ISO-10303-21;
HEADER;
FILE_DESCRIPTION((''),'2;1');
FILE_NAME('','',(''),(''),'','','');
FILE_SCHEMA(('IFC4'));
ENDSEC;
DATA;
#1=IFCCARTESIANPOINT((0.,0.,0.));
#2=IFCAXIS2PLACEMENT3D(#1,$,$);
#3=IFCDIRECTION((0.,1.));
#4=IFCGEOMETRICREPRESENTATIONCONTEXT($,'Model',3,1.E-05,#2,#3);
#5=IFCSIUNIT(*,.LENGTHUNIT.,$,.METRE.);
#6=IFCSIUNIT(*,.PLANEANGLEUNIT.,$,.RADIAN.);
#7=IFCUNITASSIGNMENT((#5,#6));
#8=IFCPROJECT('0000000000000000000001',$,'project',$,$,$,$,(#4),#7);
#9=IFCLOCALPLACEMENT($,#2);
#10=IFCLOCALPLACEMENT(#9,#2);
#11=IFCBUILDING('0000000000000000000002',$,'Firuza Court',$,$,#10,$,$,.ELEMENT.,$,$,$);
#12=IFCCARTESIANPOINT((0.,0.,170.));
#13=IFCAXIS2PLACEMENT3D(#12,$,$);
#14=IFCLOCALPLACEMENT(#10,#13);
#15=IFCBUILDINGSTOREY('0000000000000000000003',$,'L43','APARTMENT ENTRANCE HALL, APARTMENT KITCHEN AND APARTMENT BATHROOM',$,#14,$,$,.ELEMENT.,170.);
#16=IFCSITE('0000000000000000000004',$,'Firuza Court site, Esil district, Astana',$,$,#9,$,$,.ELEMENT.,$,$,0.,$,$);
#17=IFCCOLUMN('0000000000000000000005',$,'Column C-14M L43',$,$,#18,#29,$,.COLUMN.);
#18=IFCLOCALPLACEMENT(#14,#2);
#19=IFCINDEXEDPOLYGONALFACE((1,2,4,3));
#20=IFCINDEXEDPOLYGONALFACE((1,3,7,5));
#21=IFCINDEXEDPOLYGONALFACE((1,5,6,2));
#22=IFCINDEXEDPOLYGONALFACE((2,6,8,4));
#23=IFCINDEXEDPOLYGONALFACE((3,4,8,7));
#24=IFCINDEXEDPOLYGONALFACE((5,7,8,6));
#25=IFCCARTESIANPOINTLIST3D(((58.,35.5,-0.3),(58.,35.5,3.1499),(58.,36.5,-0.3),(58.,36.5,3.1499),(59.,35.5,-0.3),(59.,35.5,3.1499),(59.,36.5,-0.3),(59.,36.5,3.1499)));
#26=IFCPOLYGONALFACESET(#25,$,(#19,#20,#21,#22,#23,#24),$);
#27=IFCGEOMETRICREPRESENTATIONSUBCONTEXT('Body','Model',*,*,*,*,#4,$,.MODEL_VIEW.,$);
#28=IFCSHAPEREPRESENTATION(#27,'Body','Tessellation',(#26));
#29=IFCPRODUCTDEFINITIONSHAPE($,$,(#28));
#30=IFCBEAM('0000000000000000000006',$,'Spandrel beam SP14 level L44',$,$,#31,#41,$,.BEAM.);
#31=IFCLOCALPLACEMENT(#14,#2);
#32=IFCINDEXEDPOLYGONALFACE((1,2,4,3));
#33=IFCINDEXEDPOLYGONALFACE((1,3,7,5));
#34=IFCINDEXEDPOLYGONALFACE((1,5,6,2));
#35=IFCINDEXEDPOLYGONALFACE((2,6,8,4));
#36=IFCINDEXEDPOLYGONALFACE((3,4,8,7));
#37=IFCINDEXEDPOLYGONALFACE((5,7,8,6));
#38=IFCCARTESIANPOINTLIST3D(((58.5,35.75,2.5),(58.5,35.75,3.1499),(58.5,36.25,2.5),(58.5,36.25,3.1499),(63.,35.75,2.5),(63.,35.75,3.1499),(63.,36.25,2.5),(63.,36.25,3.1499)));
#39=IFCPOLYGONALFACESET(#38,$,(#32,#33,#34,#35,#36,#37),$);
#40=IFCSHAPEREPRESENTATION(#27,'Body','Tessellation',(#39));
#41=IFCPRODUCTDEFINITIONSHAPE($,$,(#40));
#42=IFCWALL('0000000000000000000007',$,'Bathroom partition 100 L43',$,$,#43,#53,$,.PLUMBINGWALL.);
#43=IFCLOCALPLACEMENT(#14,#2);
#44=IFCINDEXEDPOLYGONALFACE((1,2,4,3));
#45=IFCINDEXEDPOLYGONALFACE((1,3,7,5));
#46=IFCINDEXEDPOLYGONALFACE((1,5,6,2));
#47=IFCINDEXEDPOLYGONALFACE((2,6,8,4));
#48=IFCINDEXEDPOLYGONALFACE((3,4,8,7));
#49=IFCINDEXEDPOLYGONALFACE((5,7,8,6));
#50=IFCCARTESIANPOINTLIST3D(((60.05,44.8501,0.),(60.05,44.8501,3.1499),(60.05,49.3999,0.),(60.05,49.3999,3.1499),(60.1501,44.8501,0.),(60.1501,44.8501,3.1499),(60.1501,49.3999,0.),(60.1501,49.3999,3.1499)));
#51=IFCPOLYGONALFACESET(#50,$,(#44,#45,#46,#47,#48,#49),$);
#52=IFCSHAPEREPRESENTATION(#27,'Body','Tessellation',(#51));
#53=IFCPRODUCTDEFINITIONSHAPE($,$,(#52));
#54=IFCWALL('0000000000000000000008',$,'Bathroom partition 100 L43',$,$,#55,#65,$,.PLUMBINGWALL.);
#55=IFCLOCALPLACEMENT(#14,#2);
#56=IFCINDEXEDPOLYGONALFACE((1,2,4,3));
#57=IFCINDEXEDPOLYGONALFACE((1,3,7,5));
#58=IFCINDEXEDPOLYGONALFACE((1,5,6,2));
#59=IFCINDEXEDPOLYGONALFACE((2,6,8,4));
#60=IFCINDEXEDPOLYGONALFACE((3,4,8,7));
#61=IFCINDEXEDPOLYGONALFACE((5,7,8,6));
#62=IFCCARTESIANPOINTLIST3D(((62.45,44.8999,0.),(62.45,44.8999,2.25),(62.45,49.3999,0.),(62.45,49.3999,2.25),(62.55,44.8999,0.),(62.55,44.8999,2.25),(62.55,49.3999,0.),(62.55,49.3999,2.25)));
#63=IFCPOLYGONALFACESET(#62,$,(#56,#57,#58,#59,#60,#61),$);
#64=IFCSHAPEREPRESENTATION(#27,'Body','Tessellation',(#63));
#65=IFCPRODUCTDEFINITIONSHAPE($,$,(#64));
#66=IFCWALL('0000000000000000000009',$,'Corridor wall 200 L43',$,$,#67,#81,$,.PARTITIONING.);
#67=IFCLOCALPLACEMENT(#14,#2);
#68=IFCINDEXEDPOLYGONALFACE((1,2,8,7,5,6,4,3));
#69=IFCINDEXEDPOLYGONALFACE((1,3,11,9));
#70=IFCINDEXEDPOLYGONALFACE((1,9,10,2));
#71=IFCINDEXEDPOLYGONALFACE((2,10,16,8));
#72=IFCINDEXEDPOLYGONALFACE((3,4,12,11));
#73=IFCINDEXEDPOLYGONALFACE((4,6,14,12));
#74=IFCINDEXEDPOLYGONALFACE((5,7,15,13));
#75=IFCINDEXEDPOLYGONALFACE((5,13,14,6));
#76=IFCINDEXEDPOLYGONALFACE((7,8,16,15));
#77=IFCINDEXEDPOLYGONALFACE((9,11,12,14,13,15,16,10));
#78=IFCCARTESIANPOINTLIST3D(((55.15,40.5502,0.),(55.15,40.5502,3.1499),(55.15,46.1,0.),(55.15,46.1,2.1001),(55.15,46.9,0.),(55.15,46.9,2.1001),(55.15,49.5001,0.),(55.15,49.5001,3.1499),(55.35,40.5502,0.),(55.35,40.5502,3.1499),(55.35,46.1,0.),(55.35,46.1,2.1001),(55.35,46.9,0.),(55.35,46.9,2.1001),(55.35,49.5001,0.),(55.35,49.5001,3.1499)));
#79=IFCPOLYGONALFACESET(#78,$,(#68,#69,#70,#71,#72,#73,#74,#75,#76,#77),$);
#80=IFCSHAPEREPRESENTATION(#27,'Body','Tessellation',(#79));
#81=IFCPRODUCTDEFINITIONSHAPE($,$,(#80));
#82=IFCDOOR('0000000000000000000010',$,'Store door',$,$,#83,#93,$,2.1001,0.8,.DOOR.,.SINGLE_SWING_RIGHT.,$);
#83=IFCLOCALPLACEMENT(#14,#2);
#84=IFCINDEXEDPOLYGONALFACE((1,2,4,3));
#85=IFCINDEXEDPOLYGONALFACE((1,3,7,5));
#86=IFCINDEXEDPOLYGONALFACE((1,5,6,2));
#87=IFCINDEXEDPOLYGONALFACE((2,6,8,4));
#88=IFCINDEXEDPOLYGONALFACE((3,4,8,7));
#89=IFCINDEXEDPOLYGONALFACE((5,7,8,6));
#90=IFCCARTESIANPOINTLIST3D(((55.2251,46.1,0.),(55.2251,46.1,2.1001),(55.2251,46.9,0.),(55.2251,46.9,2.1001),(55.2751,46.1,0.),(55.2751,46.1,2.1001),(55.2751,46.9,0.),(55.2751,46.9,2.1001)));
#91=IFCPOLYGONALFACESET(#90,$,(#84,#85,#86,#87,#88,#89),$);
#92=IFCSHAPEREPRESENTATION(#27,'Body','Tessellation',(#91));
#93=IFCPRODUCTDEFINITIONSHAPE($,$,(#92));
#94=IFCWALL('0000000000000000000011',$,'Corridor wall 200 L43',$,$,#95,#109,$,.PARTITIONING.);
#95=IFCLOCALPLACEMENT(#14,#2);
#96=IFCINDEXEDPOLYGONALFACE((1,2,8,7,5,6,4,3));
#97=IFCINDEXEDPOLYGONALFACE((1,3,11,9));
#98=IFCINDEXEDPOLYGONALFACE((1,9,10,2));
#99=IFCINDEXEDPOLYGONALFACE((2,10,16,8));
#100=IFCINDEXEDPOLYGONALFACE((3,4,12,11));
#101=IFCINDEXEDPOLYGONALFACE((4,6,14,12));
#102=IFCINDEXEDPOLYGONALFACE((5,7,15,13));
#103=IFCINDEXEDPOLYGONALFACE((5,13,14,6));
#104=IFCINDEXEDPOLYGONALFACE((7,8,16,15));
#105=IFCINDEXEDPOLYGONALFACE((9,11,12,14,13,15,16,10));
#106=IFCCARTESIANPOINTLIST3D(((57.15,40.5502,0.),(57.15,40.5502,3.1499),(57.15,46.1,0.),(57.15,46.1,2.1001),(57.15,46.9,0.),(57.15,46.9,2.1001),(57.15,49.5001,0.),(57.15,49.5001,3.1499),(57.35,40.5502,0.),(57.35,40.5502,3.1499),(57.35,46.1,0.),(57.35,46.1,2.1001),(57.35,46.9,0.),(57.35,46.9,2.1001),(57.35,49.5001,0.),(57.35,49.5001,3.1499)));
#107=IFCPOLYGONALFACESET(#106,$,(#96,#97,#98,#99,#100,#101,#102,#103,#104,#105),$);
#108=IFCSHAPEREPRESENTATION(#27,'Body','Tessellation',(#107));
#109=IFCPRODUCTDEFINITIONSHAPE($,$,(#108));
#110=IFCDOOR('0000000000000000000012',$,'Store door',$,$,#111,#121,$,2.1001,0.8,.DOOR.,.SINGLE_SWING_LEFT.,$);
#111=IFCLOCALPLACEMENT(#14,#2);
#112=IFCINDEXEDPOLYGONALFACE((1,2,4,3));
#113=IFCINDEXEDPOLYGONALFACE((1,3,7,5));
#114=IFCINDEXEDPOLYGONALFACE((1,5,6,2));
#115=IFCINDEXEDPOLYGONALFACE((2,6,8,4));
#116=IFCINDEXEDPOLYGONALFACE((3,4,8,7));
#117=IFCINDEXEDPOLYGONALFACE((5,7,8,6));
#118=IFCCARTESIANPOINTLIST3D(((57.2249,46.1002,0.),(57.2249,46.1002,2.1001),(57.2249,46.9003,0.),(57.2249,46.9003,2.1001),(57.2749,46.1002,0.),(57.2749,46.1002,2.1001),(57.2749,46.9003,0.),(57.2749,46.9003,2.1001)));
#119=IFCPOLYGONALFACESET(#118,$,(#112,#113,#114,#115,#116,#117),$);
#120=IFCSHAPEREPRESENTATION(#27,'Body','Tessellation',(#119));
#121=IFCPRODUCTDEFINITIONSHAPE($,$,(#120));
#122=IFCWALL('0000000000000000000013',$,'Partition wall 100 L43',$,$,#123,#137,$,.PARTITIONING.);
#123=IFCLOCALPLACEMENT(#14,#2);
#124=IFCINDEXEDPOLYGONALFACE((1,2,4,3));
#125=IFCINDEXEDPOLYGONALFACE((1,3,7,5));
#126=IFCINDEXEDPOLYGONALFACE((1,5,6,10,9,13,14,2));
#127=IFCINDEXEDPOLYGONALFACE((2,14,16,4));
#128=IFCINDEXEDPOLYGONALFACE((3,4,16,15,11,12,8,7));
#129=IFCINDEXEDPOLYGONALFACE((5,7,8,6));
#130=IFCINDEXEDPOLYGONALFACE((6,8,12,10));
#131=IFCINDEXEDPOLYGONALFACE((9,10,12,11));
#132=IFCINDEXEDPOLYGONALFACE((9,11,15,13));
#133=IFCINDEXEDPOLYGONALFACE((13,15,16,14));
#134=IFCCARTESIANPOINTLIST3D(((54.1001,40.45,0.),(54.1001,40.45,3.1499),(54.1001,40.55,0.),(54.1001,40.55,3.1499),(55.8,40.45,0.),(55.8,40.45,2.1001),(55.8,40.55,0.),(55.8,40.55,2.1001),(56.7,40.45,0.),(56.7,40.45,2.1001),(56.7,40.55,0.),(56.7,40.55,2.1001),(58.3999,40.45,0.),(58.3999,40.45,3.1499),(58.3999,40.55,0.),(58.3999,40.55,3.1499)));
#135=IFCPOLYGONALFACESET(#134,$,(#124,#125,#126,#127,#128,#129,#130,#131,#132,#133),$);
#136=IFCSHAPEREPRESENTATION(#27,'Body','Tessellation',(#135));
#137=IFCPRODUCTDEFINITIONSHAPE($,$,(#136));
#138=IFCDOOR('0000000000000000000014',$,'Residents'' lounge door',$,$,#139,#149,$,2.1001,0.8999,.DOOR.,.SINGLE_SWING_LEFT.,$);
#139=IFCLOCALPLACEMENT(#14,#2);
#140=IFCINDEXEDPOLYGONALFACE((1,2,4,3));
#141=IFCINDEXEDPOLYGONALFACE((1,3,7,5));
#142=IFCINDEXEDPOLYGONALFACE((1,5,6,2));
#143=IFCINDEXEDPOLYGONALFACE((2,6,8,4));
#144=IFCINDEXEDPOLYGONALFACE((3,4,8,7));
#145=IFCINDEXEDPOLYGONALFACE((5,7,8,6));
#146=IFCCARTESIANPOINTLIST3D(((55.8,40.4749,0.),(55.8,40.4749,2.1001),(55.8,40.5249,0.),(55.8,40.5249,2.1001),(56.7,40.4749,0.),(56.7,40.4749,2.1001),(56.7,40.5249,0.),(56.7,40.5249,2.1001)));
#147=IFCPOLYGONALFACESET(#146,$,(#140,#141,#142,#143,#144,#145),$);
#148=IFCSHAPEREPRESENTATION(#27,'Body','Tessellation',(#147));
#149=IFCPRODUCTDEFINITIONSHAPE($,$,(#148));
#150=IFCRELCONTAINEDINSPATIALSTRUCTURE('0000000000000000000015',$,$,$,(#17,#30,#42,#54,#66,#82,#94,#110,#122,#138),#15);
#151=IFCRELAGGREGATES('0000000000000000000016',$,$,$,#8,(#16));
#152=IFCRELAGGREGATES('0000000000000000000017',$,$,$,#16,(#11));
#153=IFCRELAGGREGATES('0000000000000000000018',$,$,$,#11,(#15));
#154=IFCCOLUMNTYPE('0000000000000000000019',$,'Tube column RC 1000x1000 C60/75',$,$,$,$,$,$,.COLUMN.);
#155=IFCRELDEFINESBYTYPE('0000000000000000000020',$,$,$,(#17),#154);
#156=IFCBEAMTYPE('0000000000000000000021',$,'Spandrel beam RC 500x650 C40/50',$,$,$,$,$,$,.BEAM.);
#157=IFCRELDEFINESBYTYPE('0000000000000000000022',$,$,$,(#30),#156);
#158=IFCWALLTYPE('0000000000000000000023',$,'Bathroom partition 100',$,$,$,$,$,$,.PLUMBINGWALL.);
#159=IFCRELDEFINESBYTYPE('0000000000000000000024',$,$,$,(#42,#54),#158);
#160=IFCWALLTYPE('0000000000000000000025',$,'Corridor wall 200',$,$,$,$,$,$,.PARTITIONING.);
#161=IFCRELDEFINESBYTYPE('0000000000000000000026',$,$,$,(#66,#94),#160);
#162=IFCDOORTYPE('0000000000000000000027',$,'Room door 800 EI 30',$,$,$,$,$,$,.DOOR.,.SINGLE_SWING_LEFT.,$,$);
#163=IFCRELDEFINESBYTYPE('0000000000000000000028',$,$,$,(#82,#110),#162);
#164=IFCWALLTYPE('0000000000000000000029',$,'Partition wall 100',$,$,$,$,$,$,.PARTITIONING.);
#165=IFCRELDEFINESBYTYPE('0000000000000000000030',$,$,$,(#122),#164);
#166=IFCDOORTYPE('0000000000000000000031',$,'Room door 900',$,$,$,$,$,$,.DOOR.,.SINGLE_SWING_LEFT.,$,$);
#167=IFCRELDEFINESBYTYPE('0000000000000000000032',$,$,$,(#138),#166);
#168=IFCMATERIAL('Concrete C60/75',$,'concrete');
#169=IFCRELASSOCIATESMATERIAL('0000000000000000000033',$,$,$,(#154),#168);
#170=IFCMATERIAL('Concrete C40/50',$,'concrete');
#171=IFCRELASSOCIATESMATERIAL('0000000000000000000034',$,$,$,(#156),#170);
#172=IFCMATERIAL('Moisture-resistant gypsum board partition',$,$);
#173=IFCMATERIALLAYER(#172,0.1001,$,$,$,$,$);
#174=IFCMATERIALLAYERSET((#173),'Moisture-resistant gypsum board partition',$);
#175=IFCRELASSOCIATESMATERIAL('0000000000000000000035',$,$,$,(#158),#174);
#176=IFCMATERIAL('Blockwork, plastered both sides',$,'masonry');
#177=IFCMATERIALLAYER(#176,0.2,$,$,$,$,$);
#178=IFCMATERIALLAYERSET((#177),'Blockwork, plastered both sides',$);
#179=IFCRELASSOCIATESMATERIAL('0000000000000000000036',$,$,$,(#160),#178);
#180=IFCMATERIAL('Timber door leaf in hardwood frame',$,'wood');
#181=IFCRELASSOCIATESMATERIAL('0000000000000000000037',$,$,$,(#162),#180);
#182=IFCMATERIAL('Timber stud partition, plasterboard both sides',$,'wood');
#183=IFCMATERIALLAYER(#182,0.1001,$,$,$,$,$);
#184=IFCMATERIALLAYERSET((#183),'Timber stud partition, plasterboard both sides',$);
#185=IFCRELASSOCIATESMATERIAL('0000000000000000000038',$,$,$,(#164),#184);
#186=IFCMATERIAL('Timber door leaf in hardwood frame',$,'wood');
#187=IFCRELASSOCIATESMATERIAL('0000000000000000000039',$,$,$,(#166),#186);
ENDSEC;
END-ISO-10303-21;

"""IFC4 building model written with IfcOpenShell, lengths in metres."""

from ifc_helpers import new_model, si_unit, direction, frame, frame_2d, origin, origin_2d, place, context, subcontext, project, spatial, rectangle, extrude, material, layer, layer_set, material_profile, profile_set, type_object, element, fill, save


model = new_model("IFC4")

# Units and contexts
model_context = context("Model", 3, precision=1e-05, world=origin(), true_north=direction((0.0, 1.0)))
body_context = subcontext(model_context, "Body", "Model", "MODEL_VIEW")
ifc_project = project(units=[si_unit("LENGTHUNIT", "METRE"), si_unit("PLANEANGLEUNIT", "RADIAN")], contexts=[model_context])

# Site, building, storey
site_placement = place(None, origin())
site = spatial("IfcSite", under=ifc_project, at=site_placement, Name="Firuza Court site, Esil district, Astana", CompositionType="ELEMENT", RefElevation=0.0)
building_placement = place(site_placement, origin())
building = spatial("IfcBuilding", under=site, at=building_placement, Name="Firuza Court", CompositionType="ELEMENT")
storey_placement = place(building_placement, frame((0.0, 0.0, 170.0)))
storey = spatial("IfcBuildingStorey", under=building, at=storey_placement, Name="L43", Description="APARTMENT ENTRANCE HALL, APARTMENT KITCHEN AND APARTMENT BATHROOM", CompositionType="ELEMENT", Elevation=170.0)

# Column
ifc_material_1 = material(Name="Concrete C60/75", Category="concrete")
ifc_material_profile_1 = material_profile(ifc_material_1, rectangle(XDim=1.0, YDim=1.0, at=origin_2d()), Name="RC 1000x1000")
ifc_profile_set_1 = profile_set([ifc_material_profile_1], Name="Concrete C60/75")
column_type = type_object("IfcColumnType", Name="Tube column RC 1000x1000 C60/75", PredefinedType="COLUMN", material=ifc_profile_set_1)
column_placement = place(storey_placement, frame((58.5, 36.0, -0.3), z_axis=(0.0, 0.0, 1.0), x_axis=(1.0, 0.0, 0.0)))
element("IfcColumn", 1, at=column_placement, inside=storey, type_object=column_type, Name="Column C-14M L43", PredefinedType="COLUMN", context=body_context, shape_type="SweptSolid", body=[
    extrude(rectangle(XDim=1.0, YDim=1.0, at=origin_2d()), origin(), (0.0, 0.0, 1.0), 3.45),
])

# Beam
ifc_material_2 = material(Name="Concrete C40/50", Category="concrete")
ifc_material_profile_2 = material_profile(ifc_material_2, rectangle(XDim=0.5, YDim=0.6499, at=origin_2d()), Name="RC 500x650")
ifc_profile_set_2 = profile_set([ifc_material_profile_2], Name="Concrete C40/50")
beam_type = type_object("IfcBeamType", Name="Spandrel beam RC 500x650 C40/50", PredefinedType="BEAM", material=ifc_profile_set_2)
beam_placement = place(storey_placement, frame((58.5, 36.0, 2.825), z_axis=(1.0, 0.0, 0.0), x_axis=(0.0, 1.0, 0.0)))
element("IfcBeam", 2, at=beam_placement, inside=storey, type_object=beam_type, Name="Spandrel beam SP14 level L44", PredefinedType="BEAM", context=body_context, shape_type="SweptSolid", body=[
    extrude(rectangle(XDim=0.5, YDim=0.6499, at=origin_2d()), origin(), (0.0, 0.0, 1.0), 4.5),
])

# Walls
ifc_material_3 = material(Name="Moisture-resistant gypsum board partition")
ifc_layer_1 = layer(ifc_material_3, 0.1001)
ifc_layer_set_1 = layer_set([ifc_layer_1], Name="Moisture-resistant gypsum board partition")
wall_type_1 = type_object("IfcWallType", Name="Bathroom partition 100", PredefinedType="PLUMBINGWALL", material=ifc_layer_set_1)
wall_1_placement = place(storey_placement, frame((60.1001, 44.8501, 0.0), z_axis=(0.0, 0.0, 1.0), x_axis=(0.0, 1.0, 0.0)))
element("IfcWall", 3, at=wall_1_placement, inside=storey, type_object=wall_type_1, Name="Bathroom partition 100 L43", PredefinedType="PLUMBINGWALL", context=body_context, shape_type="SweptSolid", body=[
    extrude(rectangle(XDim=4.5498, YDim=0.1001, at=frame_2d((2.2749, 0.0))), origin(), (0.0, 0.0, 1.0), 3.1499),
])
wall_2_placement = place(storey_placement, frame((62.5, 44.8999, 0.0), z_axis=(0.0, 0.0, 1.0), x_axis=(0.0, 1.0, 0.0)))
element("IfcWall", 4, at=wall_2_placement, inside=storey, type_object=wall_type_1, Name="Bathroom partition 100 L43", PredefinedType="PLUMBINGWALL", context=body_context, shape_type="SweptSolid", body=[
    extrude(rectangle(XDim=4.5, YDim=0.1001, at=frame_2d((2.25, 0.0))), origin(), (0.0, 0.0, 1.0), 2.25),
])

# Walls, openings, doors
ifc_material_4 = material(Name="Blockwork, plastered both sides", Category="masonry")
ifc_layer_2 = layer(ifc_material_4, 0.2)
ifc_layer_set_2 = layer_set([ifc_layer_2], Name="Blockwork, plastered both sides")
wall_type_2 = type_object("IfcWallType", Name="Corridor wall 200", PredefinedType="PARTITIONING", material=ifc_layer_set_2)
wall_3_placement = place(storey_placement, frame((55.25, 40.55, 0.0), z_axis=(0.0, 0.0, 1.0), x_axis=(0.0, 1.0, 0.0)))
wall_3 = element("IfcWall", 5, at=wall_3_placement, inside=storey, type_object=wall_type_2, Name="Corridor wall 200 L43", PredefinedType="PARTITIONING", context=body_context, shape_type="SweptSolid", body=[
    extrude(rectangle(XDim=8.95, YDim=0.2, at=frame_2d((4.4751, 0.0))), origin(), (0.0, 0.0, 1.0), 3.1499),
])
opening_1_placement = place(wall_3_placement, frame((5.55, 0.0, 0.0)))
opening_1 = element("IfcOpeningElement", 6, at=opening_1_placement, cuts=wall_3, PredefinedType="OPENING", context=body_context, shape_type="SweptSolid", body=[
    extrude(rectangle(XDim=0.8, YDim=2.1001, at=frame_2d((0.3999, 1.05))), frame((0.0, 0.1118, 0.0), z_axis=(0.0, -1.0, 0.0), x_axis=(1.0, 0.0, 0.0)), (0.0, 0.0, 1.0), 0.2239),
])
ifc_material_5 = material(Name="Timber door leaf in hardwood frame", Category="wood")
door_type_1 = type_object("IfcDoorType", Name="Room door 800 EI 30", OperationType="SINGLE_SWING_LEFT", PredefinedType="DOOR", material=ifc_material_5)
door_1_placement = place(opening_1_placement, origin())
door_1 = element("IfcDoor", 7, at=door_1_placement, inside=storey, type_object=door_type_1, Name="Store door", OperationType="SINGLE_SWING_RIGHT", OverallHeight=2.1001, OverallWidth=0.8, PredefinedType="DOOR", context=body_context, shape_type="SweptSolid", body=[
    extrude(rectangle(XDim=0.8, YDim=2.1001, at=frame_2d((0.3999, 1.05))), frame((0.0, 0.0249, 0.0), z_axis=(0.0, -1.0, 0.0), x_axis=(1.0, 0.0, 0.0)), (0.0, 0.0, 1.0), 0.05),
])
fill(opening_1, door_1)
wall_4_placement = place(storey_placement, frame((57.25, 40.55, 0.0), z_axis=(0.0, 0.0, 1.0), x_axis=(0.0, 1.0, 0.0)))
wall_4 = element("IfcWall", 8, at=wall_4_placement, inside=storey, type_object=wall_type_2, Name="Corridor wall 200 L43", PredefinedType="PARTITIONING", context=body_context, shape_type="SweptSolid", body=[
    extrude(rectangle(XDim=8.95, YDim=0.2, at=frame_2d((4.4751, 0.0))), origin(), (0.0, 0.0, 1.0), 3.1499),
])
opening_2_placement = place(wall_4_placement, frame((5.55, 0.0, 0.0)))
opening_2 = element("IfcOpeningElement", 9, at=opening_2_placement, cuts=wall_4, PredefinedType="OPENING", context=body_context, shape_type="SweptSolid", body=[
    extrude(rectangle(XDim=0.8, YDim=2.1001, at=frame_2d((0.3999, 1.05))), frame((0.0, 0.1118, 0.0), z_axis=(0.0, -1.0, 0.0), x_axis=(1.0, 0.0, 0.0)), (0.0, 0.0, 1.0), 0.2239),
])
door_2_placement = place(opening_2_placement, frame((0.8, 0.0, 0.0), z_axis=(0.0, 0.0, 1.0), x_axis=(-1.0, 0.0, 0.0)))
door_2 = element("IfcDoor", 10, at=door_2_placement, inside=storey, type_object=door_type_1, Name="Store door", OperationType="SINGLE_SWING_LEFT", OverallHeight=2.1001, OverallWidth=0.8, PredefinedType="DOOR", context=body_context, shape_type="SweptSolid", body=[
    extrude(rectangle(XDim=0.8, YDim=2.1001, at=frame_2d((0.3999, 1.05))), frame((0.0, 0.0249, 0.0), z_axis=(0.0, -1.0, 0.0), x_axis=(1.0, 0.0, 0.0)), (0.0, 0.0, 1.0), 0.05),
])
fill(opening_2, door_2)
ifc_material_6 = material(Name="Timber stud partition, plasterboard both sides", Category="wood")
ifc_layer_3 = layer(ifc_material_6, 0.1001)
ifc_layer_set_3 = layer_set([ifc_layer_3], Name="Timber stud partition, plasterboard both sides")
wall_type_3 = type_object("IfcWallType", Name="Partition wall 100", PredefinedType="PARTITIONING", material=ifc_layer_set_3)
wall_5_placement = place(storey_placement, frame((54.1001, 40.5, 0.0), z_axis=(0.0, 0.0, 1.0), x_axis=(1.0, 0.0, 0.0)))
wall_5 = element("IfcWall", 11, at=wall_5_placement, inside=storey, type_object=wall_type_3, Name="Partition wall 100 L43", PredefinedType="PARTITIONING", context=body_context, shape_type="SweptSolid", body=[
    extrude(rectangle(XDim=4.2998, YDim=0.1001, at=frame_2d((2.1499, 0.0))), origin(), (0.0, 0.0, 1.0), 3.1499),
])
opening_3_placement = place(wall_5_placement, frame((1.7, 0.0, 0.0)))
opening_3 = element("IfcOpeningElement", 12, at=opening_3_placement, cuts=wall_5, PredefinedType="OPENING", context=body_context, shape_type="SweptSolid", body=[
    extrude(rectangle(XDim=0.8999, YDim=2.1001, at=frame_2d((0.45, 1.05))), frame((0.0, 0.062, 0.0), z_axis=(0.0, -1.0, 0.0), x_axis=(1.0, 0.0, 0.0)), (0.0, 0.0, 1.0), 0.124),
])
ifc_material_7 = material(Name="Timber door leaf in hardwood frame", Category="wood")
door_type_2 = type_object("IfcDoorType", Name="Room door 900", OperationType="SINGLE_SWING_LEFT", PredefinedType="DOOR", material=ifc_material_7)
door_3_placement = place(opening_3_placement, origin())
door_3 = element("IfcDoor", 13, at=door_3_placement, inside=storey, type_object=door_type_2, Name="Residents' lounge door", OperationType="SINGLE_SWING_LEFT", OverallHeight=2.1001, OverallWidth=0.8999, PredefinedType="DOOR", context=body_context, shape_type="SweptSolid", body=[
    extrude(rectangle(XDim=0.8999, YDim=2.1001, at=frame_2d((0.45, 1.05))), frame((0.0, 0.0249, 0.0), z_axis=(0.0, -1.0, 0.0), x_axis=(1.0, 0.0, 0.0)), (0.0, 0.0, 1.0), 0.05),
])
fill(opening_3, door_3)

save(model, "model.ifc")
